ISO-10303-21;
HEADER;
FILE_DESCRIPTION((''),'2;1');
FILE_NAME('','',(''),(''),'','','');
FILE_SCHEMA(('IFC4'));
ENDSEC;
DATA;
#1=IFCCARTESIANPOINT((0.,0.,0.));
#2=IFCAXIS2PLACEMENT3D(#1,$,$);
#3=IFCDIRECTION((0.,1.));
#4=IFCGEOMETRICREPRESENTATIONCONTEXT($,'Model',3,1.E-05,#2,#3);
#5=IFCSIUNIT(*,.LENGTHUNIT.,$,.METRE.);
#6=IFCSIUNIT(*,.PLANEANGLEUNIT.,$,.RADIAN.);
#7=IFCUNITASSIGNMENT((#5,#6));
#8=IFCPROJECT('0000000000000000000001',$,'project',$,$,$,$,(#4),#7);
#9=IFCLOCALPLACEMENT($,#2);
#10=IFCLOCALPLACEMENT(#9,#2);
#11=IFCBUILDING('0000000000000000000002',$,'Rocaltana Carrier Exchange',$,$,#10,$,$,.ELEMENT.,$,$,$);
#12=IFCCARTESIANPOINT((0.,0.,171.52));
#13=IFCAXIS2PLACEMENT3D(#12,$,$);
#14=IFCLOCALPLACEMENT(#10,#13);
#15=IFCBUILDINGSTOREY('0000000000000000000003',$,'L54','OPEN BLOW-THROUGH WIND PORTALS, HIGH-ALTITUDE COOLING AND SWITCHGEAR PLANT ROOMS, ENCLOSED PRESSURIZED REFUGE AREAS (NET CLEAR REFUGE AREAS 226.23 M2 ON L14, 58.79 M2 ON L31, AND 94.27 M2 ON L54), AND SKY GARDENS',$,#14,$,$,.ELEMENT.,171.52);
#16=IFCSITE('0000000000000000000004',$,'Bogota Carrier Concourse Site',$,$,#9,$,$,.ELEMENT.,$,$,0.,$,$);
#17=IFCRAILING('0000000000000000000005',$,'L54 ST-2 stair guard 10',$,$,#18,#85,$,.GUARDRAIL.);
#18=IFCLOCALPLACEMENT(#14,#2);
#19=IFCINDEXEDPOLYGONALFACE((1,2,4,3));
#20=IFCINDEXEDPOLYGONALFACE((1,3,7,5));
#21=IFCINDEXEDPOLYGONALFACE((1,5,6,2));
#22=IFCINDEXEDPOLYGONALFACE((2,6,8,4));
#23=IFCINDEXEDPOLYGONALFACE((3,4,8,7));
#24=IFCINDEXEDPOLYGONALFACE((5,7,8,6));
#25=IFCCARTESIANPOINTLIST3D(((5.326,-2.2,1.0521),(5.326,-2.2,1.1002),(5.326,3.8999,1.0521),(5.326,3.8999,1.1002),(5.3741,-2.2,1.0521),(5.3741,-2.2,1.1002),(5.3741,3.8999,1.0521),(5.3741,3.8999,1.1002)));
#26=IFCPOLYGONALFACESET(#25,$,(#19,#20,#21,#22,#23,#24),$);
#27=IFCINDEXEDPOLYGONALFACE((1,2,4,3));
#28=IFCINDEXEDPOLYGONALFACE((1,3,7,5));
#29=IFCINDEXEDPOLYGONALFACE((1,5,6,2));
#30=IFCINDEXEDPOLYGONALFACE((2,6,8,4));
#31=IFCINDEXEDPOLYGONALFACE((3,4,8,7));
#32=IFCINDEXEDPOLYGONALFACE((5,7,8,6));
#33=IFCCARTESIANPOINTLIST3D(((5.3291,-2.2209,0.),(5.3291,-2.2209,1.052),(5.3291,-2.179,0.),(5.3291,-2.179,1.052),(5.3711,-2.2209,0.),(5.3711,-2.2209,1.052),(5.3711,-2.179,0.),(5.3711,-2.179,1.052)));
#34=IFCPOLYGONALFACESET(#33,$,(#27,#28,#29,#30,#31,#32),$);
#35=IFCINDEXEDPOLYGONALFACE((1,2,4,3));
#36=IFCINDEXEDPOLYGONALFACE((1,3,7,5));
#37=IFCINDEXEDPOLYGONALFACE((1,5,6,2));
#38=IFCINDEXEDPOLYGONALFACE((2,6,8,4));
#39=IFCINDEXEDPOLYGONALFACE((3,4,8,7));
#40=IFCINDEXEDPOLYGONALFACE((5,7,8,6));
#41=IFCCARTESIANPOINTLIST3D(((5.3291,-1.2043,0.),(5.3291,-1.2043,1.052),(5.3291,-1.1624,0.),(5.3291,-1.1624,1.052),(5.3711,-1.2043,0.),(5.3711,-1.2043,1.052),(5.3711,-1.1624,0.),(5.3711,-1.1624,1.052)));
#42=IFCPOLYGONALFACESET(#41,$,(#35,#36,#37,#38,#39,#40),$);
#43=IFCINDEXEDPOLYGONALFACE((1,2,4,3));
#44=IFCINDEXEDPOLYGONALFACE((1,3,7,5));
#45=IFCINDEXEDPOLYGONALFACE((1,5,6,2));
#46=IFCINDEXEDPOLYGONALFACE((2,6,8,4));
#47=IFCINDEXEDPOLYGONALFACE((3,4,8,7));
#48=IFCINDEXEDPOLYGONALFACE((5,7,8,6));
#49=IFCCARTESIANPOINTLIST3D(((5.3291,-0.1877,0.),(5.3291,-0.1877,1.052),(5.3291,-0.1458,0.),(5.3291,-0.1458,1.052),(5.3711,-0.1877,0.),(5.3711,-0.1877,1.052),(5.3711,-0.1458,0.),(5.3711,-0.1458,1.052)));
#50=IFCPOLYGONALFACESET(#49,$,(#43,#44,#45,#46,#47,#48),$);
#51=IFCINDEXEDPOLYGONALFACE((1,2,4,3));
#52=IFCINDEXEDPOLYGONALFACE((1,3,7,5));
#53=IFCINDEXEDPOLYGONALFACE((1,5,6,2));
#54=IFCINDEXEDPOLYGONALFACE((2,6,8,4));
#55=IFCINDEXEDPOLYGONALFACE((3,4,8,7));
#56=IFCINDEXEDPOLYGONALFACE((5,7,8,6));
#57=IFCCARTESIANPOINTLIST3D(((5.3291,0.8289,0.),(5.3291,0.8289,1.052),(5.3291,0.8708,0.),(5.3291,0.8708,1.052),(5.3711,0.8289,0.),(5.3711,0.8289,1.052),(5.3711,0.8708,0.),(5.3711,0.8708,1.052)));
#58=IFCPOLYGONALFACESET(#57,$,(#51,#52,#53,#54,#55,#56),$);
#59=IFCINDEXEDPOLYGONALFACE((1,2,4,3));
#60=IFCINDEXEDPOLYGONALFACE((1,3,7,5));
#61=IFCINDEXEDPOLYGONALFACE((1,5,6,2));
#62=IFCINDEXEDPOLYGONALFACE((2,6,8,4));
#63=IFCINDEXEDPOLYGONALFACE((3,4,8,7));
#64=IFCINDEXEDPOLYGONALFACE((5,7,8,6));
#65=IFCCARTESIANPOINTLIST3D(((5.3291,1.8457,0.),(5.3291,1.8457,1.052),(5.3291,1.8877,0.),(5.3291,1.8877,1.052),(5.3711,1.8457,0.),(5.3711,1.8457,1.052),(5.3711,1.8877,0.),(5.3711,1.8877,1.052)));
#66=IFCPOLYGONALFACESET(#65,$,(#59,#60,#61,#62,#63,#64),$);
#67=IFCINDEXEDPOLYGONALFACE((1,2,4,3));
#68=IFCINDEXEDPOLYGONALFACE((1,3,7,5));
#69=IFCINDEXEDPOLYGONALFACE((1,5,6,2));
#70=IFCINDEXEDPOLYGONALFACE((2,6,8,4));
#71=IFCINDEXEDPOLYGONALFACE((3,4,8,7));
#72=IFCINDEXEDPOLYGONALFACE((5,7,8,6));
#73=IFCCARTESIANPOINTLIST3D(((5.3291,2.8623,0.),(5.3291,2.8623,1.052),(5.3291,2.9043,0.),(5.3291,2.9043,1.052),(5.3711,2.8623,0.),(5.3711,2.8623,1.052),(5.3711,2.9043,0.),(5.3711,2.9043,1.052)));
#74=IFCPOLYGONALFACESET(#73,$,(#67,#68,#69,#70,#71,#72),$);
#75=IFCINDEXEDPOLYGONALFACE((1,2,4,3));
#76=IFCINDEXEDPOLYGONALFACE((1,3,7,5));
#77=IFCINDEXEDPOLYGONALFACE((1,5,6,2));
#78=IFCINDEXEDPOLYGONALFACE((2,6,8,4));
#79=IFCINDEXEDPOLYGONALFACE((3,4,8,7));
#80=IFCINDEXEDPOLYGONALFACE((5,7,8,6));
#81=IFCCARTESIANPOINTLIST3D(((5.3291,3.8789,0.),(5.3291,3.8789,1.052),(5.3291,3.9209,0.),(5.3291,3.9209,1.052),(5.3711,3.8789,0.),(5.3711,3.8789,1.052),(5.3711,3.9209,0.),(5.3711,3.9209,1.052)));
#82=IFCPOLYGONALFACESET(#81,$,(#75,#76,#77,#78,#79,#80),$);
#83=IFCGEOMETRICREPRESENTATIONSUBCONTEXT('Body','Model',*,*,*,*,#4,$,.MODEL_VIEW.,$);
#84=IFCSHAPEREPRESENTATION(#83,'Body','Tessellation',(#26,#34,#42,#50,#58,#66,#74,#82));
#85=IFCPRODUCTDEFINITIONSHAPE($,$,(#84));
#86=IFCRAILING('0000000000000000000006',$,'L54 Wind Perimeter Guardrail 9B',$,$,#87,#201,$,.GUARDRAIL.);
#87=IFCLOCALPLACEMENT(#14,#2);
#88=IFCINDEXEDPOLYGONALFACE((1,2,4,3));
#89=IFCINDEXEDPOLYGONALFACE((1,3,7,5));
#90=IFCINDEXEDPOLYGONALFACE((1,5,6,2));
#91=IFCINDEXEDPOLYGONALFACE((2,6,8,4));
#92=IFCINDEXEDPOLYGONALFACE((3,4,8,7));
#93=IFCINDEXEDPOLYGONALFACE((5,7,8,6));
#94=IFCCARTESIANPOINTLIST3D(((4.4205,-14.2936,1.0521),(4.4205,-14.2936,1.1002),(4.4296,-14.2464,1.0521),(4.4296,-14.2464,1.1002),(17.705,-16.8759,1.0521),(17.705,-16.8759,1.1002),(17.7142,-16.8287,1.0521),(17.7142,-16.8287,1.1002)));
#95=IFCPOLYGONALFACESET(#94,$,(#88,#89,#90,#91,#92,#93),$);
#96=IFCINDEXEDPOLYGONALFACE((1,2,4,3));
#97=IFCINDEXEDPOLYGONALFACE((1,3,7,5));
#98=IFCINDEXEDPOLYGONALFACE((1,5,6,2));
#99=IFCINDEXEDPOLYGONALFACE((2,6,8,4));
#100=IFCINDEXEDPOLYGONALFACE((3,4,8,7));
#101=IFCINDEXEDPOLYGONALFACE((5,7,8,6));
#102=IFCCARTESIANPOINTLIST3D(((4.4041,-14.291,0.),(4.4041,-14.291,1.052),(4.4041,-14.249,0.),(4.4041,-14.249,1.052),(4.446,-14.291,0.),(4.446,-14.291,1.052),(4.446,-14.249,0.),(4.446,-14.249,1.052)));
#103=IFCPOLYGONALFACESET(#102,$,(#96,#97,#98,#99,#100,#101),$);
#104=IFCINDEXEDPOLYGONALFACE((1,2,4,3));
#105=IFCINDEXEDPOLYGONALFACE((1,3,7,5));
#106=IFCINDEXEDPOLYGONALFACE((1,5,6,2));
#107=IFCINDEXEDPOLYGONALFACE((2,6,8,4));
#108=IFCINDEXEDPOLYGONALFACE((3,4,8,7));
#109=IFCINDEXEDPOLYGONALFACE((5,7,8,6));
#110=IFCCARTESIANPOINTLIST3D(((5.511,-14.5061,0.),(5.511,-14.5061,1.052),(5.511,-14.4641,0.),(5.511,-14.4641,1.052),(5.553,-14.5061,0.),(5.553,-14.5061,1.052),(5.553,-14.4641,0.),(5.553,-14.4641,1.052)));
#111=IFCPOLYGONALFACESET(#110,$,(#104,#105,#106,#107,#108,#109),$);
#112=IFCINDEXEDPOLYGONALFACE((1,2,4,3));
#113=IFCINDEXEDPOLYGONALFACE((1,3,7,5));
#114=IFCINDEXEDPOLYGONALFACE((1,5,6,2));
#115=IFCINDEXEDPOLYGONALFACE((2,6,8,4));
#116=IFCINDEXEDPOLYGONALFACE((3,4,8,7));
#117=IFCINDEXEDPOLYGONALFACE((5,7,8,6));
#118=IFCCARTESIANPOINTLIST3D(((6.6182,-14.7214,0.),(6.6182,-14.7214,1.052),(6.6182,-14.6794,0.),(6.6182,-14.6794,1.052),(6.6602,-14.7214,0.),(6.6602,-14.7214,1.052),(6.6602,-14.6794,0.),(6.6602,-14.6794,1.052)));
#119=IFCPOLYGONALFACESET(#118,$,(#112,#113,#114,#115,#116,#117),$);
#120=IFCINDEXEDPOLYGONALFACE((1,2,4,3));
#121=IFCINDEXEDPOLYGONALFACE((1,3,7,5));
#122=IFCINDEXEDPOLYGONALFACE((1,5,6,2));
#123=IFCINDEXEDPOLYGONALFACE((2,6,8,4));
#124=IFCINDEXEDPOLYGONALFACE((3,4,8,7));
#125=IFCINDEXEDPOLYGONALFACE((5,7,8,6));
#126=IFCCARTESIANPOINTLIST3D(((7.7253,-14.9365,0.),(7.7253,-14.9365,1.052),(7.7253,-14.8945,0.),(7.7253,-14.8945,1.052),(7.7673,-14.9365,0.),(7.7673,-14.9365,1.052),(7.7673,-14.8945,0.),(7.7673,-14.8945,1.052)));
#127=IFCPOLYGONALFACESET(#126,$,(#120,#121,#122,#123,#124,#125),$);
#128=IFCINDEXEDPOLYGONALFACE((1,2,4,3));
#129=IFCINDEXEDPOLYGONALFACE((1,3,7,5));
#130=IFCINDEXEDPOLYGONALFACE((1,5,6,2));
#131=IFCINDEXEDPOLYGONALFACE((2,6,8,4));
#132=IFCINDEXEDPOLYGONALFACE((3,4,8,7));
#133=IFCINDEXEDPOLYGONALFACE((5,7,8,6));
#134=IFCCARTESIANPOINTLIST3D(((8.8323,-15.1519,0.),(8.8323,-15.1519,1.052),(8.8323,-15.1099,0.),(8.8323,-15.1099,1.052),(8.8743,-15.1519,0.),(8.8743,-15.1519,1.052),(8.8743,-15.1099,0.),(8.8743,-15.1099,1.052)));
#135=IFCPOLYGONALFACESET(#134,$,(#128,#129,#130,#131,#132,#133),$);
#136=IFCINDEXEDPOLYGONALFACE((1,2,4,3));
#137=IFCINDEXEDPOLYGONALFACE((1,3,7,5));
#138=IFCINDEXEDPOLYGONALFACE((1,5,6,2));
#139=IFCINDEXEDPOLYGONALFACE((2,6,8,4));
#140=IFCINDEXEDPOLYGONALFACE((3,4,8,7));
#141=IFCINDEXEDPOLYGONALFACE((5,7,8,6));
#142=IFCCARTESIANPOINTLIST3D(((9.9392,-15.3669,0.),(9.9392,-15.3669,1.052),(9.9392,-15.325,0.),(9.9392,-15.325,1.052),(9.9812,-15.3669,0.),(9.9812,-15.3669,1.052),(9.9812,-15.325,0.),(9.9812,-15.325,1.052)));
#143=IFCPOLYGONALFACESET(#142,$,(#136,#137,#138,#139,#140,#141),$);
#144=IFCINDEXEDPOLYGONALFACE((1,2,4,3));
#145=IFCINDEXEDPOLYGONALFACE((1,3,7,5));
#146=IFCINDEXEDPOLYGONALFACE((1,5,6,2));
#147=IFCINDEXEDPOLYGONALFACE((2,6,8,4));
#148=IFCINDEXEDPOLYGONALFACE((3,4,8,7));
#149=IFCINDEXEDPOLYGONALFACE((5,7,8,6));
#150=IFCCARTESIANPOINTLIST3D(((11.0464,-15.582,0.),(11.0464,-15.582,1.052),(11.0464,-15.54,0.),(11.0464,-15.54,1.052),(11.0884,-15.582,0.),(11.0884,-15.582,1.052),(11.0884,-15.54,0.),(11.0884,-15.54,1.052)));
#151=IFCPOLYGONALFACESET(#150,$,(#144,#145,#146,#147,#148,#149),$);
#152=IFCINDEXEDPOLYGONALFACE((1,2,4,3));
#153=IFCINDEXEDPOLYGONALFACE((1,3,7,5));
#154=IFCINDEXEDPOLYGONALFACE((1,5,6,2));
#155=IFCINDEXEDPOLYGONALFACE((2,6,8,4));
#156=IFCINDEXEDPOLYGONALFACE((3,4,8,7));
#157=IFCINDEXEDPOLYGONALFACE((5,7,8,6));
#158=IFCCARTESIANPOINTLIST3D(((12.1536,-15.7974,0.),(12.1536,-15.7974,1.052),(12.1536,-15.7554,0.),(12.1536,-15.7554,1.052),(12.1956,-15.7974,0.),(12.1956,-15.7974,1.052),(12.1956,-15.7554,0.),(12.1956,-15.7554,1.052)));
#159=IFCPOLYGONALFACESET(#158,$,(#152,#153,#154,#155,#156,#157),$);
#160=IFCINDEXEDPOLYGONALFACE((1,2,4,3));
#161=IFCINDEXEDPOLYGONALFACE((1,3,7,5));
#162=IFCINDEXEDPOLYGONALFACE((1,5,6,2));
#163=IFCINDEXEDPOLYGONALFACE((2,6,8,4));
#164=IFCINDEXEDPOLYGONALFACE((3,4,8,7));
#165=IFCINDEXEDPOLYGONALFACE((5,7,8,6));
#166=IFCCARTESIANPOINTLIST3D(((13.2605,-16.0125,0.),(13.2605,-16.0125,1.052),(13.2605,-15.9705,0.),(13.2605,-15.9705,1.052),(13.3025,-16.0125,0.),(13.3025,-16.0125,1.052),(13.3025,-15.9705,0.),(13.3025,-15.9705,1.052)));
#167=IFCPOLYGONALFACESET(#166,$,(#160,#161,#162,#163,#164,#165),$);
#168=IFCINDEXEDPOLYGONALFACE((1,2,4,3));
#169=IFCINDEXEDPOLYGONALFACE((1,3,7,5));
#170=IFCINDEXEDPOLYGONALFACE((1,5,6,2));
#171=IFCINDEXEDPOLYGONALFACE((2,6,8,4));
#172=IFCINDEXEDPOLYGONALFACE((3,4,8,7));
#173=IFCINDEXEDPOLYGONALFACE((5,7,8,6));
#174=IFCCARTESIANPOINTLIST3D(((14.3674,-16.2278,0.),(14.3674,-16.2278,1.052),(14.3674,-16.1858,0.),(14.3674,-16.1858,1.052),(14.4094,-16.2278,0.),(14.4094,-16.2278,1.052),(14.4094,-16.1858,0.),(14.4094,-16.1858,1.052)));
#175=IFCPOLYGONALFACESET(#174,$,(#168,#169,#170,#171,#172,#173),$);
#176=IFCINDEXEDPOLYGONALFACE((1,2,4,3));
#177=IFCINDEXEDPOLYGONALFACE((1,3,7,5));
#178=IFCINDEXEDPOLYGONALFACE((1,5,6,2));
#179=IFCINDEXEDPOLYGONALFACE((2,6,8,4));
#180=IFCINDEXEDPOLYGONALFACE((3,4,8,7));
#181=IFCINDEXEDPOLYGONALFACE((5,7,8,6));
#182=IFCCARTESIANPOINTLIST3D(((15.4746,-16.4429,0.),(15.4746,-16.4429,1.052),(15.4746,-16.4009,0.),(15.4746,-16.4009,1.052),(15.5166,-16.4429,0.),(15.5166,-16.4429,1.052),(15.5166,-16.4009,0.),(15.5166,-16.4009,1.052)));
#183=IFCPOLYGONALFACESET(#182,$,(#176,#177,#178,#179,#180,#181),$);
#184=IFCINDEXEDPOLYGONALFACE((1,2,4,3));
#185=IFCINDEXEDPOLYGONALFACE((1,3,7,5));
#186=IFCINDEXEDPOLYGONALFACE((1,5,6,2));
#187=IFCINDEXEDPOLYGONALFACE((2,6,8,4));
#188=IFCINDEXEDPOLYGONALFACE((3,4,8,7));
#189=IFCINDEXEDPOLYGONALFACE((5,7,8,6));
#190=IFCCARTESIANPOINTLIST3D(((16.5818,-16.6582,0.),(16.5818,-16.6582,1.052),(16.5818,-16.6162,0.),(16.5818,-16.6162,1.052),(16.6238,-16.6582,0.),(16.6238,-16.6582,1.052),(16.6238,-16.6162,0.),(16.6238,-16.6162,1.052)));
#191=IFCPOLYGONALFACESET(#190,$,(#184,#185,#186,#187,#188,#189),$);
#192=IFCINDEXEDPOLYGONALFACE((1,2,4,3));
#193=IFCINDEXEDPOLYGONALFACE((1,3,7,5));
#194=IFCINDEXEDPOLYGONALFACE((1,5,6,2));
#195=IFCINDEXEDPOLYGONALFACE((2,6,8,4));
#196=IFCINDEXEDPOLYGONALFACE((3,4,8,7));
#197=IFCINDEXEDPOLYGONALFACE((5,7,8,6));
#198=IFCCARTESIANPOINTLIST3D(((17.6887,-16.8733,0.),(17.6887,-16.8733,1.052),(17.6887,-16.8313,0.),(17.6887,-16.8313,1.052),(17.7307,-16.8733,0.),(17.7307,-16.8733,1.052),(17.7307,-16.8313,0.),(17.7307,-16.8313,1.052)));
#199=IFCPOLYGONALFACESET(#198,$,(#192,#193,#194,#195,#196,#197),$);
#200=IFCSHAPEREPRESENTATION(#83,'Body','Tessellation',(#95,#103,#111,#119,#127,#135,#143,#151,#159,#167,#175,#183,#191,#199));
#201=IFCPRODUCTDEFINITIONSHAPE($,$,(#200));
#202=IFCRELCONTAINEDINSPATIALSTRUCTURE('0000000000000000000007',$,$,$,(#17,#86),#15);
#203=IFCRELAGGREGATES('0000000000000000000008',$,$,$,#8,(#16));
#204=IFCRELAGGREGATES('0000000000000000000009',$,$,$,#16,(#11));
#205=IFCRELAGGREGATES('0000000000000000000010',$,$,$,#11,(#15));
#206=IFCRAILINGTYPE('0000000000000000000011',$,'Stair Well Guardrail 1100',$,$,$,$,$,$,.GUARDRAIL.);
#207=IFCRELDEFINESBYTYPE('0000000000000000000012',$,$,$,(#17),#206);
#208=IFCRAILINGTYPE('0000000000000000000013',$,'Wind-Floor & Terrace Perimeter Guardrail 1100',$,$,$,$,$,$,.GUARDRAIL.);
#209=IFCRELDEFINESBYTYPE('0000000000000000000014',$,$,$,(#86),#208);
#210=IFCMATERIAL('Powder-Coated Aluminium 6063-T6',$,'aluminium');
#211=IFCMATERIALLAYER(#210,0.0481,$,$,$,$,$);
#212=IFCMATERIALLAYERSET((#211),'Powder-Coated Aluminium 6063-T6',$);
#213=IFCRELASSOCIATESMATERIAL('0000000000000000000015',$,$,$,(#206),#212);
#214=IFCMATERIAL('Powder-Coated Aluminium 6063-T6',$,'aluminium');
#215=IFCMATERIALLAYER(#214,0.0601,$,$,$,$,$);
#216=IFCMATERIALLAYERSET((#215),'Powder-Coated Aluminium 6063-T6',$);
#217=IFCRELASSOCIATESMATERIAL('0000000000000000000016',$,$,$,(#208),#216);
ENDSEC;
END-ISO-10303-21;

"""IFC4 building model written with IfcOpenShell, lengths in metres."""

from ifc_helpers import new_model, si_unit, direction, frame, origin, origin_2d, place, context, subcontext, project, spatial, rectangle, extrude, material, layer, layer_set, type_object, element, save


model = new_model("IFC4")

# Units and contexts
model_context = context("Model", 3, precision=1e-05, world=origin(), true_north=direction((0.0, 1.0)))
body_context = subcontext(model_context, "Body", "Model", "MODEL_VIEW")
ifc_project = project(units=[si_unit("LENGTHUNIT", "METRE"), si_unit("PLANEANGLEUNIT", "RADIAN")], contexts=[model_context])

# Site, building, storey
site_placement = place(None, origin())
site = spatial("IfcSite", under=ifc_project, at=site_placement, Name="Bogota Carrier Concourse Site", CompositionType="ELEMENT", RefElevation=0.0)
building_placement = place(site_placement, origin())
building = spatial("IfcBuilding", under=site, at=building_placement, Name="Rocaltana Carrier Exchange", CompositionType="ELEMENT")
storey_placement = place(building_placement, frame((0.0, 0.0, 171.52)))
storey = spatial("IfcBuildingStorey", under=building, at=storey_placement, Name="L54", Description="OPEN BLOW-THROUGH WIND PORTALS, HIGH-ALTITUDE COOLING AND SWITCHGEAR PLANT ROOMS, ENCLOSED PRESSURIZED REFUGE AREAS (NET CLEAR REFUGE AREAS 226.23 M2 ON L14, 58.79 M2 ON L31, AND 94.27 M2 ON L54), AND SKY GARDENS", CompositionType="ELEMENT", Elevation=171.52)

# Railings
ifc_material_1 = material(Name="Powder-Coated Aluminium 6063-T6", Category="aluminium")
ifc_layer_1 = layer(ifc_material_1, 0.0481)
ifc_layer_set_1 = layer_set([ifc_layer_1], Name="Powder-Coated Aluminium 6063-T6")
railing_type_1 = type_object("IfcRailingType", Name="Stair Well Guardrail 1100", PredefinedType="GUARDRAIL", material=ifc_layer_set_1)
railing_1_placement = place(storey_placement, frame((5.3501, -2.2, 0.0)))
element("IfcRailing", 1, at=railing_1_placement, inside=storey, type_object=railing_type_1, Name="L54 ST-2 stair guard 10", PredefinedType="GUARDRAIL", context=body_context, shape_type="SweptSolid", body=[
    extrude(rectangle(XDim=0.0481, YDim=0.0481, at=origin_2d()), frame((0.0, 0.0, 1.0762), z_axis=(0.0, 1.0, 0.0), x_axis=(-1.0, 0.0, 0.0)), (0.0, 0.0, 1.0), 6.0999),
    extrude(rectangle(XDim=0.042, YDim=0.042, at=origin_2d()), origin(), (0.0, 0.0, 1.0), 1.052),
    extrude(rectangle(XDim=0.042, YDim=0.042, at=origin_2d()), frame((0.0, 1.0166, 0.0)), (0.0, 0.0, 1.0), 1.052),
    extrude(rectangle(XDim=0.042, YDim=0.042, at=origin_2d()), frame((0.0, 2.0332, 0.0)), (0.0, 0.0, 1.0), 1.052),
    extrude(rectangle(XDim=0.042, YDim=0.042, at=origin_2d()), frame((0.0, 3.0498, 0.0)), (0.0, 0.0, 1.0), 1.052),
    extrude(rectangle(XDim=0.042, YDim=0.042, at=origin_2d()), frame((0.0, 4.0667, 0.0)), (0.0, 0.0, 1.0), 1.052),
    extrude(rectangle(XDim=0.042, YDim=0.042, at=origin_2d()), frame((0.0, 5.0833, 0.0)), (0.0, 0.0, 1.0), 1.052),
    extrude(rectangle(XDim=0.042, YDim=0.042, at=origin_2d()), frame((0.0, 6.0999, 0.0)), (0.0, 0.0, 1.0), 1.052),
])
ifc_material_2 = material(Name="Powder-Coated Aluminium 6063-T6", Category="aluminium")
ifc_layer_2 = layer(ifc_material_2, 0.0601)
ifc_layer_set_2 = layer_set([ifc_layer_2], Name="Powder-Coated Aluminium 6063-T6")
railing_type_2 = type_object("IfcRailingType", Name="Wind-Floor & Terrace Perimeter Guardrail 1100", PredefinedType="GUARDRAIL", material=ifc_layer_set_2)
railing_2_placement = place(storey_placement, frame((4.425, -14.27, 0.0)))
element("IfcRailing", 2, at=railing_2_placement, inside=storey, type_object=railing_type_2, Name="L54 Wind Perimeter Guardrail 9B", PredefinedType="GUARDRAIL", context=body_context, shape_type="SweptSolid", body=[
    extrude(rectangle(XDim=0.0481, YDim=0.0481, at=origin_2d()), frame((0.0, 0.0, 1.0762), z_axis=(0.981627, -0.190809, 0.0), x_axis=(0.190809, 0.981627, 0.0)), (0.0, 0.0, 1.0), 13.5332),
    extrude(rectangle(XDim=0.042, YDim=0.042, at=origin_2d()), origin(), (0.0, 0.0, 1.0), 1.052),
    extrude(rectangle(XDim=0.042, YDim=0.042, at=origin_2d()), frame((1.1069, -0.2151, 0.0)), (0.0, 0.0, 1.0), 1.052),
    extrude(rectangle(XDim=0.042, YDim=0.042, at=origin_2d()), frame((2.2141, -0.4304, 0.0)), (0.0, 0.0, 1.0), 1.052),
    extrude(rectangle(XDim=0.042, YDim=0.042, at=origin_2d()), frame((3.3213, -0.6455, 0.0)), (0.0, 0.0, 1.0), 1.052),
    extrude(rectangle(XDim=0.042, YDim=0.042, at=origin_2d()), frame((4.4282, -0.8608, 0.0)), (0.0, 0.0, 1.0), 1.052),
    extrude(rectangle(XDim=0.042, YDim=0.042, at=origin_2d()), frame((5.5352, -1.0759, 0.0)), (0.0, 0.0, 1.0), 1.052),
    extrude(rectangle(XDim=0.042, YDim=0.042, at=origin_2d()), frame((6.6423, -1.291, 0.0)), (0.0, 0.0, 1.0), 1.052),
    extrude(rectangle(XDim=0.042, YDim=0.042, at=origin_2d()), frame((7.7495, -1.5063, 0.0)), (0.0, 0.0, 1.0), 1.052),
    extrude(rectangle(XDim=0.042, YDim=0.042, at=origin_2d()), frame((8.8564, -1.7214, 0.0)), (0.0, 0.0, 1.0), 1.052),
    extrude(rectangle(XDim=0.042, YDim=0.042, at=origin_2d()), frame((9.9634, -1.9368, 0.0)), (0.0, 0.0, 1.0), 1.052),
    extrude(rectangle(XDim=0.042, YDim=0.042, at=origin_2d()), frame((11.0706, -2.1519, 0.0)), (0.0, 0.0, 1.0), 1.052),
    extrude(rectangle(XDim=0.042, YDim=0.042, at=origin_2d()), frame((12.1777, -2.3672, 0.0)), (0.0, 0.0, 1.0), 1.052),
    extrude(rectangle(XDim=0.042, YDim=0.042, at=origin_2d()), frame((13.2847, -2.5823, 0.0)), (0.0, 0.0, 1.0), 1.052),
])

save(model, "model.ifc")
